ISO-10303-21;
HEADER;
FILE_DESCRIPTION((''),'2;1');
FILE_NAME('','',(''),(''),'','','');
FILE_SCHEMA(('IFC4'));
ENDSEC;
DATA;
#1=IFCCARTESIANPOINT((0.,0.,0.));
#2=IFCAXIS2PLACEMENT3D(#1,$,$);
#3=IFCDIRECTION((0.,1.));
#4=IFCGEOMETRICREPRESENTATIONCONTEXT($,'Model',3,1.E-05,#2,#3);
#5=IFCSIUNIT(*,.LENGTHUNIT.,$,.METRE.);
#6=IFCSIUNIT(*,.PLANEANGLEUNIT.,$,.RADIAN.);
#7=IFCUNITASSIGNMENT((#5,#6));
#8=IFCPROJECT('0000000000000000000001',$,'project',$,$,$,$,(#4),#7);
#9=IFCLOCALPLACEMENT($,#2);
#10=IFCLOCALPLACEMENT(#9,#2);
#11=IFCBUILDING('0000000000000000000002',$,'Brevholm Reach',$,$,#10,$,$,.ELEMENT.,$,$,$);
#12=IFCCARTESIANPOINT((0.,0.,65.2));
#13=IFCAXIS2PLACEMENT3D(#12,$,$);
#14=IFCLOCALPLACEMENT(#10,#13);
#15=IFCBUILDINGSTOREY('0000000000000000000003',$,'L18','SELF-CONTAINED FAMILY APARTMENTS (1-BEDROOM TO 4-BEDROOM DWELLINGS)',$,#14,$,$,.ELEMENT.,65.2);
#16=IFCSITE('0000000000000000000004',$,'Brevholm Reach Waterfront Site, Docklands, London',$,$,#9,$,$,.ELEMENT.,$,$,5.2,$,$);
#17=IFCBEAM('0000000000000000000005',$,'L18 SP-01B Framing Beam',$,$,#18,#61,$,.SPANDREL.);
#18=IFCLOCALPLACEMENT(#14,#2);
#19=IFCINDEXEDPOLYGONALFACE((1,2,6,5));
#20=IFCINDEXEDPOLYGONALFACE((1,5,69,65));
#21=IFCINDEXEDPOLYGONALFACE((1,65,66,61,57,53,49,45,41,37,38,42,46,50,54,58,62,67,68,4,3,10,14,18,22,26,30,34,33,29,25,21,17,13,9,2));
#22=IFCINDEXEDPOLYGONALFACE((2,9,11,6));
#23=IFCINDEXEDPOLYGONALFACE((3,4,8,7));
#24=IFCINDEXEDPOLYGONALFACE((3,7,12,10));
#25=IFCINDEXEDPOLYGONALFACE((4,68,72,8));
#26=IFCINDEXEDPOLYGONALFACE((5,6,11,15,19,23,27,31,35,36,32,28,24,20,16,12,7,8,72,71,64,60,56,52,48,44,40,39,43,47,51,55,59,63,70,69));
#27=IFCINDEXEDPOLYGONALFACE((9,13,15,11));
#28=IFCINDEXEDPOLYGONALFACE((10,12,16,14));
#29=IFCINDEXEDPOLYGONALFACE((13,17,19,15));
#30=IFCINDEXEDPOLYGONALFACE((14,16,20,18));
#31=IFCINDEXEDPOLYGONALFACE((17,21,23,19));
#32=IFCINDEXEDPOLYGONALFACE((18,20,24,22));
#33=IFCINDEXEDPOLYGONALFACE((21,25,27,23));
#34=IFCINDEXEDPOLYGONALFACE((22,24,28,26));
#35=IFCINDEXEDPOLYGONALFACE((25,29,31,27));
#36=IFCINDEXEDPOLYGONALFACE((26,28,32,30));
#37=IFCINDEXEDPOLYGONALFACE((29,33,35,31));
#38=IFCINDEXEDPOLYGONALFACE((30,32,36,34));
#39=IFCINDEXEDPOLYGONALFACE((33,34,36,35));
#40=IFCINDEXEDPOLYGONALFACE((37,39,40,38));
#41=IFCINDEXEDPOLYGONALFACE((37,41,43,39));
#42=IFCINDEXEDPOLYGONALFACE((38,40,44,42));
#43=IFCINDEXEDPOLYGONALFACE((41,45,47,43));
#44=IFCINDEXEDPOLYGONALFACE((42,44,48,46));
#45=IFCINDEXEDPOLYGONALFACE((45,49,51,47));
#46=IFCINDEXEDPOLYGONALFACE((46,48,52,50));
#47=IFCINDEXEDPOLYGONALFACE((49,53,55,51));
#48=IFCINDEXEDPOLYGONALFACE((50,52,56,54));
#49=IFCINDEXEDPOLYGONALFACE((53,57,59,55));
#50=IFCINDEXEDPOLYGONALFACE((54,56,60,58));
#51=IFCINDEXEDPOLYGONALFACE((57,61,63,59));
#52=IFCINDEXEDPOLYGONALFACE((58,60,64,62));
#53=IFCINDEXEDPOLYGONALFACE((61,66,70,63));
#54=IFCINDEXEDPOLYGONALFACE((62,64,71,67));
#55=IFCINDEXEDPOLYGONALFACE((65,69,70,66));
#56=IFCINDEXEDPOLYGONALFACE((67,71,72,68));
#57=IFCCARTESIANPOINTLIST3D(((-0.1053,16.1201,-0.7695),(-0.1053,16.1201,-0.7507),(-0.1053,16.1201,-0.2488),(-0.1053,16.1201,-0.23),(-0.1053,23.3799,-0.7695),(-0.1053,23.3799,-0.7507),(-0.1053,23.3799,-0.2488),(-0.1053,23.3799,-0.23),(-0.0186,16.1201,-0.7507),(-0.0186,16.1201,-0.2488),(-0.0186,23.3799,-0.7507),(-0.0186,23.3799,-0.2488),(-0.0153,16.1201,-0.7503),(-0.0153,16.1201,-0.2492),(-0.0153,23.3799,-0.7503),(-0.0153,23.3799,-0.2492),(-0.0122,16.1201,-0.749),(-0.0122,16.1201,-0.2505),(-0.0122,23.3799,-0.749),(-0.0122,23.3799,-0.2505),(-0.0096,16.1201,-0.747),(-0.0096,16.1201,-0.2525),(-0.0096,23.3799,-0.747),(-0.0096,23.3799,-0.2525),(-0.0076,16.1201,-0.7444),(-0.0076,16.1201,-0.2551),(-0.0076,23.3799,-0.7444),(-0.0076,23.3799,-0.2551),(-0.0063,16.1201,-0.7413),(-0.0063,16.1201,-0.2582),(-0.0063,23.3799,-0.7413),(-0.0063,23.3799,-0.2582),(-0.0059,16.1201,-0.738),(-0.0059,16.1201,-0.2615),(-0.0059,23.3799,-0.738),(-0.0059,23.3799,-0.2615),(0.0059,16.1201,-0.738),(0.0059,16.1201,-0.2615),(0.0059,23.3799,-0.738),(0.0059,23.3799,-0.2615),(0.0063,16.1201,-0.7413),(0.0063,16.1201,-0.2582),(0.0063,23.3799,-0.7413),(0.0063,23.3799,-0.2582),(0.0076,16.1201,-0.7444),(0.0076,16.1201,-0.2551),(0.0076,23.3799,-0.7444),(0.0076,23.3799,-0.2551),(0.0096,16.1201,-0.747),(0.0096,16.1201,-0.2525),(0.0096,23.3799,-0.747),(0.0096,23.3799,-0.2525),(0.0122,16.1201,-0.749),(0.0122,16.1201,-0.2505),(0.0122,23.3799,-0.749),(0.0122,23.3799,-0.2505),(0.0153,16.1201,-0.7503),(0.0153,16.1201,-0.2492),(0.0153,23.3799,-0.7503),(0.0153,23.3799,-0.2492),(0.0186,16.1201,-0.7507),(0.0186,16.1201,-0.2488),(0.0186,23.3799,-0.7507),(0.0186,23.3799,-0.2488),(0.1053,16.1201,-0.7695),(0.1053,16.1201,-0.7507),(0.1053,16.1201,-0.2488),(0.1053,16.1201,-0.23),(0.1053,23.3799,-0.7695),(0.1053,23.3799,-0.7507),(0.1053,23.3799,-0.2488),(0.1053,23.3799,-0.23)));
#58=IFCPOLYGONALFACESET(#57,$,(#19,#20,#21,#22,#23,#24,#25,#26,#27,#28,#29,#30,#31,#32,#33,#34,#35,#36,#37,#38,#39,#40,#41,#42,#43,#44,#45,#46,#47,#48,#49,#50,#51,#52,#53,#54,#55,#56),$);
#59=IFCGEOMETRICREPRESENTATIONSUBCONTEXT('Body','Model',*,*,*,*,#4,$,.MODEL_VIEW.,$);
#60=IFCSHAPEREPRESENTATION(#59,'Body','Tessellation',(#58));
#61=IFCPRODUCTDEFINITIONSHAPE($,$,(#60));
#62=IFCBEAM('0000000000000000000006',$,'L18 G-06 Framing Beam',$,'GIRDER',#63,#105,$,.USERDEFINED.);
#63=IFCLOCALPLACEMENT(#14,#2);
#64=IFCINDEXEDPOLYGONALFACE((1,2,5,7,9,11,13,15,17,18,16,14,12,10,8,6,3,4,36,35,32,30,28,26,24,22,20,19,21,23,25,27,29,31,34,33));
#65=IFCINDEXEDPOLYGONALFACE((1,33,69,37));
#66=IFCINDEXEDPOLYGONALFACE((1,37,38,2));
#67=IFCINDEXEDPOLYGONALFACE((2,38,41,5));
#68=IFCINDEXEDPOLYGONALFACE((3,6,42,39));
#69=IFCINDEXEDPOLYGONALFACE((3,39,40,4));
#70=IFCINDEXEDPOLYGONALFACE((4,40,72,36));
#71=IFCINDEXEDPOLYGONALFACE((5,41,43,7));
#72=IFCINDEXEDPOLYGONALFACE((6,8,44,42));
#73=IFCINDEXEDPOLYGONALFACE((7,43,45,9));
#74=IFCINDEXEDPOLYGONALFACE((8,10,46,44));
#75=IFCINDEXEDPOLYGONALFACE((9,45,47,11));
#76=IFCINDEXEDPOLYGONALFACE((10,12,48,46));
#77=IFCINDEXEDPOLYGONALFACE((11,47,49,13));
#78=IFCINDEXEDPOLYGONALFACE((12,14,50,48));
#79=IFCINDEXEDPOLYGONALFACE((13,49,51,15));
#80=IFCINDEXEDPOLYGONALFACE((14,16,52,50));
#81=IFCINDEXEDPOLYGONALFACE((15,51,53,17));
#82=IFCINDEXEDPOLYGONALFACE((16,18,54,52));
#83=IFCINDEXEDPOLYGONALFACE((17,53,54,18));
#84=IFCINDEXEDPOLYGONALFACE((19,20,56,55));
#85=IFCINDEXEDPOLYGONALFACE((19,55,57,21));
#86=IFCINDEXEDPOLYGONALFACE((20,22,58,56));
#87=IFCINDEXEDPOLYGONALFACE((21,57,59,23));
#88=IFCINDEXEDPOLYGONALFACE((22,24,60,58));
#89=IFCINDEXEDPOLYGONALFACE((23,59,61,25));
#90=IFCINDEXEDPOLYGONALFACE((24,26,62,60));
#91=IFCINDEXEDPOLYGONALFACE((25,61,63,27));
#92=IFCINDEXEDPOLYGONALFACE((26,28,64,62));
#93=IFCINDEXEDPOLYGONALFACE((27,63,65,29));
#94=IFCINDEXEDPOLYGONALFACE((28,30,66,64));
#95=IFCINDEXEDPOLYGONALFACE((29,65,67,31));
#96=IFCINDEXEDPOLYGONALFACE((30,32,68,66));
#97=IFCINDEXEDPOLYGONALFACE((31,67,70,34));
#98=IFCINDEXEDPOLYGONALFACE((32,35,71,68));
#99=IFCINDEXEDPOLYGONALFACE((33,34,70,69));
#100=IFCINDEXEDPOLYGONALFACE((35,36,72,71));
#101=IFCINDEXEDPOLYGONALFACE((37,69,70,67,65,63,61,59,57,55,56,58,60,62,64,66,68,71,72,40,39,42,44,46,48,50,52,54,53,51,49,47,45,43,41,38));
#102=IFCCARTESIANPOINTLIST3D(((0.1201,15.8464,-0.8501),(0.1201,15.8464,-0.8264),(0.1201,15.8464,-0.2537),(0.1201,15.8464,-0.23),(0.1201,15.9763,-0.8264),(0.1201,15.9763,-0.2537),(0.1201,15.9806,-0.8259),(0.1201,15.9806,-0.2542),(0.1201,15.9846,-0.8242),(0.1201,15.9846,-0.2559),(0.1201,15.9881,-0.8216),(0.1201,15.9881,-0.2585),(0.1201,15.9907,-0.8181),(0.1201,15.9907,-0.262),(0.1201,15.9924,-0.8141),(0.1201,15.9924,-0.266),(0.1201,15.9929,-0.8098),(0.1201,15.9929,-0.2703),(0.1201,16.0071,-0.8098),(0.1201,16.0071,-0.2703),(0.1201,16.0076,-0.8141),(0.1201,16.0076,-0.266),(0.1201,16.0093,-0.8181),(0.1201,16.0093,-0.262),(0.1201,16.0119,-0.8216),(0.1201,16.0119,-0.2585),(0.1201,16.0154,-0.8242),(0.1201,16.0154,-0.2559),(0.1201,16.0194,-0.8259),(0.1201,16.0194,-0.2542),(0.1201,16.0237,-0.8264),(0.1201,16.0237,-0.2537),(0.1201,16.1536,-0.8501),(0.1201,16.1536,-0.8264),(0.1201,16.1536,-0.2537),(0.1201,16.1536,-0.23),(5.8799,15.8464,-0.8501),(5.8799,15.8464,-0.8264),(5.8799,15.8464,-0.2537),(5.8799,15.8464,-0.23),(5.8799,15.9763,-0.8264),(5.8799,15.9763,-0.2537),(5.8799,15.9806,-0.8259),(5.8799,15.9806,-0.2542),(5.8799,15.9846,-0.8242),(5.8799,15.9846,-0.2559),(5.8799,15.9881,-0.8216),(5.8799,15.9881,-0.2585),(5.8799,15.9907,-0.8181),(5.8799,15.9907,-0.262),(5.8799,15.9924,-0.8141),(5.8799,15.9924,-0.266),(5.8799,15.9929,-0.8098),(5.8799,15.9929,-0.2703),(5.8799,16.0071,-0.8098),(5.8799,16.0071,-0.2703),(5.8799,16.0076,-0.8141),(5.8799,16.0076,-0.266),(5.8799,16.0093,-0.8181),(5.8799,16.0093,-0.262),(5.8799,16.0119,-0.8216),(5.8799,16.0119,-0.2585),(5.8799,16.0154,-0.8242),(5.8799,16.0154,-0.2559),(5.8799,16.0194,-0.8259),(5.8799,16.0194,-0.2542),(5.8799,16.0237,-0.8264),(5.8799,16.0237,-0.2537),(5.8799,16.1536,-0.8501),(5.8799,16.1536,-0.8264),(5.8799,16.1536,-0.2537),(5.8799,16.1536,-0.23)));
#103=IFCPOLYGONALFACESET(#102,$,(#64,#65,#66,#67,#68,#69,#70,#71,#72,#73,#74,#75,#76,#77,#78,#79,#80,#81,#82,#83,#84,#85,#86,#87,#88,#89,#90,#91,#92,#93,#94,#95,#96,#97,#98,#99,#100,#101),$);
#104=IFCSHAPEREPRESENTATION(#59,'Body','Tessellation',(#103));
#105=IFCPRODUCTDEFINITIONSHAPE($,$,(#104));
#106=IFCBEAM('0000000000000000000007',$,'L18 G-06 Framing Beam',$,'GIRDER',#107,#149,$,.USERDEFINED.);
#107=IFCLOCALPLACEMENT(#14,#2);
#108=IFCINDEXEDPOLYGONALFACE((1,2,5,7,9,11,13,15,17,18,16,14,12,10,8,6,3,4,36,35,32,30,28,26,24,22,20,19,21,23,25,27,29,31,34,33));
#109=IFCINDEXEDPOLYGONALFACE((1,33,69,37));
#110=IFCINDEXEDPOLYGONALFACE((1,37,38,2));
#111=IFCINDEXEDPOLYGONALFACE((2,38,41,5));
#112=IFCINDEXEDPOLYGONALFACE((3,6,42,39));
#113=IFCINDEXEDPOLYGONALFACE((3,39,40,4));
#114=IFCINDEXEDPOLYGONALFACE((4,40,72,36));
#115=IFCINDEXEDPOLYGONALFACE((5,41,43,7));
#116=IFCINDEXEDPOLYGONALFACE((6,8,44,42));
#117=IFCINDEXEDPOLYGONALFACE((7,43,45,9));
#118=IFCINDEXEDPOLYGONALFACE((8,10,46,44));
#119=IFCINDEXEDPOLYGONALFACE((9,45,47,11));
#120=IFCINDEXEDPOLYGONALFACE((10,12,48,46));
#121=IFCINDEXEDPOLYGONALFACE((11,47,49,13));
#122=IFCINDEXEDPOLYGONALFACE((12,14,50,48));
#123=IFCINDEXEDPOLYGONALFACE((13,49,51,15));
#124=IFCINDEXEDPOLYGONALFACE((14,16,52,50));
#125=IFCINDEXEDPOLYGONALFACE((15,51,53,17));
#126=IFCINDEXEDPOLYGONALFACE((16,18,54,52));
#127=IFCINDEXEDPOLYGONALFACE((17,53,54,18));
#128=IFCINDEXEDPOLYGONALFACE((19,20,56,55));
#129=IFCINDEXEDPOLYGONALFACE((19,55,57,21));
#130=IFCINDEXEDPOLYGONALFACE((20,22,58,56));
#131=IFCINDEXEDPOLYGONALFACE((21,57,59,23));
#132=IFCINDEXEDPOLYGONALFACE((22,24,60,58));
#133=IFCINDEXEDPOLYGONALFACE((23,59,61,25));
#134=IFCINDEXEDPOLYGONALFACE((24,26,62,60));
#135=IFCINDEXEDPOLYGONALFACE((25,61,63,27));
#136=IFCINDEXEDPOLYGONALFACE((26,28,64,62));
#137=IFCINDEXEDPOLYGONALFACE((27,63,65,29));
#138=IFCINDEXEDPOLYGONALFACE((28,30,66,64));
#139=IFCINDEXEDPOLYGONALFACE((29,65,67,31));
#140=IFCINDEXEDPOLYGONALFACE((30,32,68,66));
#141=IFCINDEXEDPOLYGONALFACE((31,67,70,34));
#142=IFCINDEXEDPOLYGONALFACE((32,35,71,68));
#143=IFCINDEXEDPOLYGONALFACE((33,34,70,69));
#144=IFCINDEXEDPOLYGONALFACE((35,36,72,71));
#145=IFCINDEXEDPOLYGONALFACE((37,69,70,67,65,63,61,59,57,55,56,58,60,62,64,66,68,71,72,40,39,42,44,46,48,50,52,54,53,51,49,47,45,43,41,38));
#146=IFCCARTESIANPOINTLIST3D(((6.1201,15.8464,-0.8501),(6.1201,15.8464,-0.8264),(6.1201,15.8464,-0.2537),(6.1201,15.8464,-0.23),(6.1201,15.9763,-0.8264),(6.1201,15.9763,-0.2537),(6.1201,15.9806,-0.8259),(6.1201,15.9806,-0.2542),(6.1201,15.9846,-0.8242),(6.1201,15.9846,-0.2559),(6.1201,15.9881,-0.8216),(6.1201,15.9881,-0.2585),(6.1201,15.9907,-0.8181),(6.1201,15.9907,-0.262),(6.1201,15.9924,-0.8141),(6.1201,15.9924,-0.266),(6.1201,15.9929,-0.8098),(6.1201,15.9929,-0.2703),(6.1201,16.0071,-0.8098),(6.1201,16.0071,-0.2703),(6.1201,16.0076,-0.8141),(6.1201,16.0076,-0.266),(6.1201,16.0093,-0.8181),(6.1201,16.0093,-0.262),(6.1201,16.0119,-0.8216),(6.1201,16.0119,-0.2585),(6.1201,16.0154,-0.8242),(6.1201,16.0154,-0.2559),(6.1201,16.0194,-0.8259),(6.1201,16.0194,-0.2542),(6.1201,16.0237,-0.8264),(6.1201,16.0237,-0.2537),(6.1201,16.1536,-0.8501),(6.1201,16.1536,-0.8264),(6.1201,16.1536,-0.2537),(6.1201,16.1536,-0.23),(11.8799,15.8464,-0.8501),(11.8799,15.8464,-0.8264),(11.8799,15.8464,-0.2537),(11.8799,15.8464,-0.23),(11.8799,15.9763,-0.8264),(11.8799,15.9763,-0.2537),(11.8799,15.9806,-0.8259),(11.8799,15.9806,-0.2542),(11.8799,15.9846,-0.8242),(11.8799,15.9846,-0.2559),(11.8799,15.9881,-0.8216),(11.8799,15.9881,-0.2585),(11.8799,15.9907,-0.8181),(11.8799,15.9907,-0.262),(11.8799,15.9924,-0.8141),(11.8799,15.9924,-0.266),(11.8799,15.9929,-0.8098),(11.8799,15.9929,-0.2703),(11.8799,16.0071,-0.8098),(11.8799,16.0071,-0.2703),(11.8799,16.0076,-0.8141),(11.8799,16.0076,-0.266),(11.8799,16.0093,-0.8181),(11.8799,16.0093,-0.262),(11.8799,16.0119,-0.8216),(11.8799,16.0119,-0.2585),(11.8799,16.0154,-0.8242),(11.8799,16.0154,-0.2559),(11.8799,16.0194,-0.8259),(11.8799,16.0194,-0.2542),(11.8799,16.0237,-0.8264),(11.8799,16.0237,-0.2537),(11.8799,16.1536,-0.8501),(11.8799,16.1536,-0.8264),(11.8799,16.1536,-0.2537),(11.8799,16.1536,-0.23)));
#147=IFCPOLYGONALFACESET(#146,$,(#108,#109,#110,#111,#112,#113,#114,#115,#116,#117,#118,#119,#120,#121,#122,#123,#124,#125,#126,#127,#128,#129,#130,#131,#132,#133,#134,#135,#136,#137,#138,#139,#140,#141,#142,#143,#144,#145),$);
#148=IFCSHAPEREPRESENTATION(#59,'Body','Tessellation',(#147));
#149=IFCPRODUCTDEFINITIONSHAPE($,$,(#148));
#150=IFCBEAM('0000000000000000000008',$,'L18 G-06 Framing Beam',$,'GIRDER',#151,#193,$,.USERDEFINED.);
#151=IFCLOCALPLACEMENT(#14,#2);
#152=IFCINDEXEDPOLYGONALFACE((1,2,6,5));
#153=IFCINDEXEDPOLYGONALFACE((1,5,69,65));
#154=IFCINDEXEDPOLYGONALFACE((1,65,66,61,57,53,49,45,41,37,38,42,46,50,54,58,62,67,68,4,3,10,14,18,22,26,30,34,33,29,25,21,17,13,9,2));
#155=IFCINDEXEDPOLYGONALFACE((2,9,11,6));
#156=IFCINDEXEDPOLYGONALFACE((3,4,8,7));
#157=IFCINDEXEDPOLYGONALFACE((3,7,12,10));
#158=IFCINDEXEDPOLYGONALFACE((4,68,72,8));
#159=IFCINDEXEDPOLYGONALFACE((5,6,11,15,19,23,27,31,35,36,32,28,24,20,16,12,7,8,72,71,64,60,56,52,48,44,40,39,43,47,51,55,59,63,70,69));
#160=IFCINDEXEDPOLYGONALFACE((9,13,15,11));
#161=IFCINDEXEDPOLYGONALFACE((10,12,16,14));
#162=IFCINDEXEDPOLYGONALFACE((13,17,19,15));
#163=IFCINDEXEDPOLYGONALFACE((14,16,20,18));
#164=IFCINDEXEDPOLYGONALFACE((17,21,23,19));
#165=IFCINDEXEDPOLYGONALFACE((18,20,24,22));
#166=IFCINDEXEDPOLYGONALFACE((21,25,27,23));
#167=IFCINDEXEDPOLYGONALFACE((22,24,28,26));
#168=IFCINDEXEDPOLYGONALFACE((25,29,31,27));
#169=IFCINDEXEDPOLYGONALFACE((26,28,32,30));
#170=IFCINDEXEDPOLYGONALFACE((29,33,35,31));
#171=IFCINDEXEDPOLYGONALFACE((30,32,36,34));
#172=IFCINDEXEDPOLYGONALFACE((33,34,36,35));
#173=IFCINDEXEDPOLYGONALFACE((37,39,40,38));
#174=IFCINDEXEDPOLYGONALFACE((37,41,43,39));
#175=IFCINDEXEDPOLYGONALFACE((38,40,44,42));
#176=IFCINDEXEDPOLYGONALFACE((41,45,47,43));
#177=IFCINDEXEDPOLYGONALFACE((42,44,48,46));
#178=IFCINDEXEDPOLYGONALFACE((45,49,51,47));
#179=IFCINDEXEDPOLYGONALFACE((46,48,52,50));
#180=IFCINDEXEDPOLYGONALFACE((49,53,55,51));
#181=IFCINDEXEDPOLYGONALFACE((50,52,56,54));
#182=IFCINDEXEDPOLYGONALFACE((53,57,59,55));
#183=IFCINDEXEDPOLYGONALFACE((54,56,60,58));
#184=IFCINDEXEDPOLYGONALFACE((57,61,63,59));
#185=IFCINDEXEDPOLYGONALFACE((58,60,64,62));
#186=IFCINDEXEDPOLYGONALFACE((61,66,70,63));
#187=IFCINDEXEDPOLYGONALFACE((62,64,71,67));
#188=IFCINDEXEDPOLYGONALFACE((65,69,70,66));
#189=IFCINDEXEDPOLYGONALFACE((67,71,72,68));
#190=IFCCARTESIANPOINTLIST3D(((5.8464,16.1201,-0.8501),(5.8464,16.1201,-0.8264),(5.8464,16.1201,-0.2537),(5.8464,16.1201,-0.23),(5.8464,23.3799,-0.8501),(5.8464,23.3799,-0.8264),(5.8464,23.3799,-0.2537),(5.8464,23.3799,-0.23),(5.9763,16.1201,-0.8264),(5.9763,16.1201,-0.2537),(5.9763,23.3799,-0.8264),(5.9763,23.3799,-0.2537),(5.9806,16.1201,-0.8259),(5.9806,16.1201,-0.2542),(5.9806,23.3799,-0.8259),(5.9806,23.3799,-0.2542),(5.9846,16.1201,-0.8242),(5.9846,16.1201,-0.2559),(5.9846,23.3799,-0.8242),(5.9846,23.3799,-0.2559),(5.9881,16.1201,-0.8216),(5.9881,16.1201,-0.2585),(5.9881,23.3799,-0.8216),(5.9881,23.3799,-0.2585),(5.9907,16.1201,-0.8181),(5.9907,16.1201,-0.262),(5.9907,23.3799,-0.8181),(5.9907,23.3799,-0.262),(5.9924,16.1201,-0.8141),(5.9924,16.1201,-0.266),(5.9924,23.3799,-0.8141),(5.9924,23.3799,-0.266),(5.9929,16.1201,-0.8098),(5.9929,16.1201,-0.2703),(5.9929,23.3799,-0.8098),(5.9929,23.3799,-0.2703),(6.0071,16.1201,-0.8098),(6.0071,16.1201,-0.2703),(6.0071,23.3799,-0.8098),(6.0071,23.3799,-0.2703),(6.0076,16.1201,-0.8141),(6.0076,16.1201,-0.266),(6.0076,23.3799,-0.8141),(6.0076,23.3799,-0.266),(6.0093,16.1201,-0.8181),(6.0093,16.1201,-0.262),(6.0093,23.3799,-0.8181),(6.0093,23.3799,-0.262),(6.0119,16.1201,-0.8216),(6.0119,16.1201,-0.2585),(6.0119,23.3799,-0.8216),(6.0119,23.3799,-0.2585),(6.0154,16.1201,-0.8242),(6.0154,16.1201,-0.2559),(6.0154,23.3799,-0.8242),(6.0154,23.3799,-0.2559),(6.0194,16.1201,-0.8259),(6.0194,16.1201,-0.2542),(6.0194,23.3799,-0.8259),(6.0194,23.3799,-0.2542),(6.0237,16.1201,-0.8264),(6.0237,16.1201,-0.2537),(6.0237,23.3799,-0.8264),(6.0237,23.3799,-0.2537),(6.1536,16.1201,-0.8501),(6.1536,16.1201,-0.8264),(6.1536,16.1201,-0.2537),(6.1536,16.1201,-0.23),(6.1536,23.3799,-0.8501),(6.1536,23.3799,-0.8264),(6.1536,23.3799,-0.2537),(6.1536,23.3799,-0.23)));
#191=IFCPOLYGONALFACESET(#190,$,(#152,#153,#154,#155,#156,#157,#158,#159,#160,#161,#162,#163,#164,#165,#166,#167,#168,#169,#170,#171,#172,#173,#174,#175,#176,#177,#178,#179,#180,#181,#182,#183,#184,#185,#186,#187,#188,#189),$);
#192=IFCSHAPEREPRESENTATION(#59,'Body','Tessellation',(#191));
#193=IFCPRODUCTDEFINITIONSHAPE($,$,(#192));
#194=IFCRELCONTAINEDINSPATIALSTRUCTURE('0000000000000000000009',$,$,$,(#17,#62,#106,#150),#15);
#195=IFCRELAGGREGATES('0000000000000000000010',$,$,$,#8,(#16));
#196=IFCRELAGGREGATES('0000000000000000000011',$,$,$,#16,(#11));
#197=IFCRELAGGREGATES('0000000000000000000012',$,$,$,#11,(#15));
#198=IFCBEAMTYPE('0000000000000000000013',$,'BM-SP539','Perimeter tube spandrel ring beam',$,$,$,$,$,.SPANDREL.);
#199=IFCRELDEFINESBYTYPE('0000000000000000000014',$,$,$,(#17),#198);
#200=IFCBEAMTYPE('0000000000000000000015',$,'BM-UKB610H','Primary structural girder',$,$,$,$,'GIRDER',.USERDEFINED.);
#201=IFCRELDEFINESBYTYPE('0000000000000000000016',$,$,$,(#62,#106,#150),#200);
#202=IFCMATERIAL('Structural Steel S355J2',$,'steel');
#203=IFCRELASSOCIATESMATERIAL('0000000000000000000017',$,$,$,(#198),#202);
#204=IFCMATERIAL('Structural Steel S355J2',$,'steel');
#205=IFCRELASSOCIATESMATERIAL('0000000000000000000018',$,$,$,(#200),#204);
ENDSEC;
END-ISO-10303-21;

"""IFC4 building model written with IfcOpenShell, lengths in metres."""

from ifc_helpers import new_model, si_unit, direction, frame, origin, origin_2d, place, context, subcontext, project, spatial, i_section, extrude, material, material_profile, profile_set, type_object, element, save


model = new_model("IFC4")

# Units and contexts
model_context = context("Model", 3, precision=1e-05, world=origin(), true_north=direction((0.0, 1.0)))
body_context = subcontext(model_context, "Body", "Model", "MODEL_VIEW")
ifc_project = project(units=[si_unit("LENGTHUNIT", "METRE"), si_unit("PLANEANGLEUNIT", "RADIAN")], contexts=[model_context])

# Site, building, storey
site_placement = place(None, origin())
site = spatial("IfcSite", under=ifc_project, at=site_placement, Name="Brevholm Reach Waterfront Site, Docklands, London", CompositionType="ELEMENT", RefElevation=5.2)
building_placement = place(site_placement, origin())
building = spatial("IfcBuilding", under=site, at=building_placement, Name="Brevholm Reach", CompositionType="ELEMENT")
storey_placement = place(building_placement, frame((0.0, 0.0, 65.2)))
storey = spatial("IfcBuildingStorey", under=building, at=storey_placement, Name="L18", Description="SELF-CONTAINED FAMILY APARTMENTS (1-BEDROOM TO 4-BEDROOM DWELLINGS)", CompositionType="ELEMENT", Elevation=65.2)

# Beams
ifc_material_1 = material(Name="Structural Steel S355J2", Category="steel")
ifc_material_profile_1 = material_profile(ifc_material_1, i_section(OverallWidth=0.2107, OverallDepth=0.5396, WebThickness=0.0117, FlangeThickness=0.0188, FilletRadius=0.0127, at=origin_2d()), Name="UKB 533x210x109")
ifc_profile_set_1 = profile_set([ifc_material_profile_1], Name="Structural Steel S355J2")
beam_type_1 = type_object("IfcBeamType", Name="BM-SP539", Description="Perimeter tube spandrel ring beam", PredefinedType="SPANDREL", material=ifc_profile_set_1)
beam_1_placement = place(storey_placement, frame((0.0, 16.1201, -0.4998), z_axis=(0.0, 1.0, 0.0), x_axis=(-1.0, 0.0, 0.0)))
element("IfcBeam", 1, at=beam_1_placement, inside=storey, type_object=beam_type_1, Name="L18 SP-01B Framing Beam", PredefinedType="SPANDREL", context=body_context, shape_type="SweptSolid", body=[
    extrude(i_section(OverallWidth=0.2107, OverallDepth=0.5396, WebThickness=0.0117, FlangeThickness=0.0188, FilletRadius=0.0127, at=origin_2d()), origin(), (0.0, 0.0, 1.0), 7.2598),
])
ifc_material_2 = material(Name="Structural Steel S355J2", Category="steel")
ifc_material_profile_2 = material_profile(ifc_material_2, i_section(OverallWidth=0.3071, OverallDepth=0.6201, WebThickness=0.0142, FlangeThickness=0.0237, FilletRadius=0.0166, at=origin_2d()), Name="UKB 610x305x179")
ifc_profile_set_2 = profile_set([ifc_material_profile_2], Name="Structural Steel S355J2")
beam_type_2 = type_object("IfcBeamType", Name="BM-UKB610H", Description="Primary structural girder", ElementType="GIRDER", PredefinedType="USERDEFINED", material=ifc_profile_set_2)
for number, where, z_axis, x_axis, name in (
    (2, (0.1201, 16.0, -0.54), (1.0, 0.0, 0.0), (0.0, 1.0, 0.0), "L18 G-06 Framing Beam"),
    (3, (6.1201, 16.0, -0.54), (1.0, 0.0, 0.0), (0.0, 1.0, 0.0), "L18 G-06 Framing Beam"),
):
    element("IfcBeam", number, at=place(storey_placement, frame(where, z_axis=z_axis, x_axis=x_axis)), inside=storey, type_object=beam_type_2, Name=name, ObjectType="GIRDER", PredefinedType="USERDEFINED", context=body_context, shape_type="SweptSolid", body=[
        extrude(i_section(OverallWidth=0.3071, OverallDepth=0.6201, WebThickness=0.0142, FlangeThickness=0.0237, FilletRadius=0.0166, at=origin_2d()), origin(), (0.0, 0.0, 1.0), 5.7598),
    ])
beam_2_placement = place(storey_placement, frame((6.0, 16.1201, -0.54), z_axis=(0.0, 1.0, 0.0), x_axis=(-1.0, 0.0, 0.0)))
element("IfcBeam", 4, at=beam_2_placement, inside=storey, type_object=beam_type_2, Name="L18 G-06 Framing Beam", ObjectType="GIRDER", PredefinedType="USERDEFINED", context=body_context, shape_type="SweptSolid", body=[
    extrude(i_section(OverallWidth=0.3071, OverallDepth=0.6201, WebThickness=0.0142, FlangeThickness=0.0237, FilletRadius=0.0166, at=origin_2d()), origin(), (0.0, 0.0, 1.0), 7.2598),
])

save(model, "model.ifc")
